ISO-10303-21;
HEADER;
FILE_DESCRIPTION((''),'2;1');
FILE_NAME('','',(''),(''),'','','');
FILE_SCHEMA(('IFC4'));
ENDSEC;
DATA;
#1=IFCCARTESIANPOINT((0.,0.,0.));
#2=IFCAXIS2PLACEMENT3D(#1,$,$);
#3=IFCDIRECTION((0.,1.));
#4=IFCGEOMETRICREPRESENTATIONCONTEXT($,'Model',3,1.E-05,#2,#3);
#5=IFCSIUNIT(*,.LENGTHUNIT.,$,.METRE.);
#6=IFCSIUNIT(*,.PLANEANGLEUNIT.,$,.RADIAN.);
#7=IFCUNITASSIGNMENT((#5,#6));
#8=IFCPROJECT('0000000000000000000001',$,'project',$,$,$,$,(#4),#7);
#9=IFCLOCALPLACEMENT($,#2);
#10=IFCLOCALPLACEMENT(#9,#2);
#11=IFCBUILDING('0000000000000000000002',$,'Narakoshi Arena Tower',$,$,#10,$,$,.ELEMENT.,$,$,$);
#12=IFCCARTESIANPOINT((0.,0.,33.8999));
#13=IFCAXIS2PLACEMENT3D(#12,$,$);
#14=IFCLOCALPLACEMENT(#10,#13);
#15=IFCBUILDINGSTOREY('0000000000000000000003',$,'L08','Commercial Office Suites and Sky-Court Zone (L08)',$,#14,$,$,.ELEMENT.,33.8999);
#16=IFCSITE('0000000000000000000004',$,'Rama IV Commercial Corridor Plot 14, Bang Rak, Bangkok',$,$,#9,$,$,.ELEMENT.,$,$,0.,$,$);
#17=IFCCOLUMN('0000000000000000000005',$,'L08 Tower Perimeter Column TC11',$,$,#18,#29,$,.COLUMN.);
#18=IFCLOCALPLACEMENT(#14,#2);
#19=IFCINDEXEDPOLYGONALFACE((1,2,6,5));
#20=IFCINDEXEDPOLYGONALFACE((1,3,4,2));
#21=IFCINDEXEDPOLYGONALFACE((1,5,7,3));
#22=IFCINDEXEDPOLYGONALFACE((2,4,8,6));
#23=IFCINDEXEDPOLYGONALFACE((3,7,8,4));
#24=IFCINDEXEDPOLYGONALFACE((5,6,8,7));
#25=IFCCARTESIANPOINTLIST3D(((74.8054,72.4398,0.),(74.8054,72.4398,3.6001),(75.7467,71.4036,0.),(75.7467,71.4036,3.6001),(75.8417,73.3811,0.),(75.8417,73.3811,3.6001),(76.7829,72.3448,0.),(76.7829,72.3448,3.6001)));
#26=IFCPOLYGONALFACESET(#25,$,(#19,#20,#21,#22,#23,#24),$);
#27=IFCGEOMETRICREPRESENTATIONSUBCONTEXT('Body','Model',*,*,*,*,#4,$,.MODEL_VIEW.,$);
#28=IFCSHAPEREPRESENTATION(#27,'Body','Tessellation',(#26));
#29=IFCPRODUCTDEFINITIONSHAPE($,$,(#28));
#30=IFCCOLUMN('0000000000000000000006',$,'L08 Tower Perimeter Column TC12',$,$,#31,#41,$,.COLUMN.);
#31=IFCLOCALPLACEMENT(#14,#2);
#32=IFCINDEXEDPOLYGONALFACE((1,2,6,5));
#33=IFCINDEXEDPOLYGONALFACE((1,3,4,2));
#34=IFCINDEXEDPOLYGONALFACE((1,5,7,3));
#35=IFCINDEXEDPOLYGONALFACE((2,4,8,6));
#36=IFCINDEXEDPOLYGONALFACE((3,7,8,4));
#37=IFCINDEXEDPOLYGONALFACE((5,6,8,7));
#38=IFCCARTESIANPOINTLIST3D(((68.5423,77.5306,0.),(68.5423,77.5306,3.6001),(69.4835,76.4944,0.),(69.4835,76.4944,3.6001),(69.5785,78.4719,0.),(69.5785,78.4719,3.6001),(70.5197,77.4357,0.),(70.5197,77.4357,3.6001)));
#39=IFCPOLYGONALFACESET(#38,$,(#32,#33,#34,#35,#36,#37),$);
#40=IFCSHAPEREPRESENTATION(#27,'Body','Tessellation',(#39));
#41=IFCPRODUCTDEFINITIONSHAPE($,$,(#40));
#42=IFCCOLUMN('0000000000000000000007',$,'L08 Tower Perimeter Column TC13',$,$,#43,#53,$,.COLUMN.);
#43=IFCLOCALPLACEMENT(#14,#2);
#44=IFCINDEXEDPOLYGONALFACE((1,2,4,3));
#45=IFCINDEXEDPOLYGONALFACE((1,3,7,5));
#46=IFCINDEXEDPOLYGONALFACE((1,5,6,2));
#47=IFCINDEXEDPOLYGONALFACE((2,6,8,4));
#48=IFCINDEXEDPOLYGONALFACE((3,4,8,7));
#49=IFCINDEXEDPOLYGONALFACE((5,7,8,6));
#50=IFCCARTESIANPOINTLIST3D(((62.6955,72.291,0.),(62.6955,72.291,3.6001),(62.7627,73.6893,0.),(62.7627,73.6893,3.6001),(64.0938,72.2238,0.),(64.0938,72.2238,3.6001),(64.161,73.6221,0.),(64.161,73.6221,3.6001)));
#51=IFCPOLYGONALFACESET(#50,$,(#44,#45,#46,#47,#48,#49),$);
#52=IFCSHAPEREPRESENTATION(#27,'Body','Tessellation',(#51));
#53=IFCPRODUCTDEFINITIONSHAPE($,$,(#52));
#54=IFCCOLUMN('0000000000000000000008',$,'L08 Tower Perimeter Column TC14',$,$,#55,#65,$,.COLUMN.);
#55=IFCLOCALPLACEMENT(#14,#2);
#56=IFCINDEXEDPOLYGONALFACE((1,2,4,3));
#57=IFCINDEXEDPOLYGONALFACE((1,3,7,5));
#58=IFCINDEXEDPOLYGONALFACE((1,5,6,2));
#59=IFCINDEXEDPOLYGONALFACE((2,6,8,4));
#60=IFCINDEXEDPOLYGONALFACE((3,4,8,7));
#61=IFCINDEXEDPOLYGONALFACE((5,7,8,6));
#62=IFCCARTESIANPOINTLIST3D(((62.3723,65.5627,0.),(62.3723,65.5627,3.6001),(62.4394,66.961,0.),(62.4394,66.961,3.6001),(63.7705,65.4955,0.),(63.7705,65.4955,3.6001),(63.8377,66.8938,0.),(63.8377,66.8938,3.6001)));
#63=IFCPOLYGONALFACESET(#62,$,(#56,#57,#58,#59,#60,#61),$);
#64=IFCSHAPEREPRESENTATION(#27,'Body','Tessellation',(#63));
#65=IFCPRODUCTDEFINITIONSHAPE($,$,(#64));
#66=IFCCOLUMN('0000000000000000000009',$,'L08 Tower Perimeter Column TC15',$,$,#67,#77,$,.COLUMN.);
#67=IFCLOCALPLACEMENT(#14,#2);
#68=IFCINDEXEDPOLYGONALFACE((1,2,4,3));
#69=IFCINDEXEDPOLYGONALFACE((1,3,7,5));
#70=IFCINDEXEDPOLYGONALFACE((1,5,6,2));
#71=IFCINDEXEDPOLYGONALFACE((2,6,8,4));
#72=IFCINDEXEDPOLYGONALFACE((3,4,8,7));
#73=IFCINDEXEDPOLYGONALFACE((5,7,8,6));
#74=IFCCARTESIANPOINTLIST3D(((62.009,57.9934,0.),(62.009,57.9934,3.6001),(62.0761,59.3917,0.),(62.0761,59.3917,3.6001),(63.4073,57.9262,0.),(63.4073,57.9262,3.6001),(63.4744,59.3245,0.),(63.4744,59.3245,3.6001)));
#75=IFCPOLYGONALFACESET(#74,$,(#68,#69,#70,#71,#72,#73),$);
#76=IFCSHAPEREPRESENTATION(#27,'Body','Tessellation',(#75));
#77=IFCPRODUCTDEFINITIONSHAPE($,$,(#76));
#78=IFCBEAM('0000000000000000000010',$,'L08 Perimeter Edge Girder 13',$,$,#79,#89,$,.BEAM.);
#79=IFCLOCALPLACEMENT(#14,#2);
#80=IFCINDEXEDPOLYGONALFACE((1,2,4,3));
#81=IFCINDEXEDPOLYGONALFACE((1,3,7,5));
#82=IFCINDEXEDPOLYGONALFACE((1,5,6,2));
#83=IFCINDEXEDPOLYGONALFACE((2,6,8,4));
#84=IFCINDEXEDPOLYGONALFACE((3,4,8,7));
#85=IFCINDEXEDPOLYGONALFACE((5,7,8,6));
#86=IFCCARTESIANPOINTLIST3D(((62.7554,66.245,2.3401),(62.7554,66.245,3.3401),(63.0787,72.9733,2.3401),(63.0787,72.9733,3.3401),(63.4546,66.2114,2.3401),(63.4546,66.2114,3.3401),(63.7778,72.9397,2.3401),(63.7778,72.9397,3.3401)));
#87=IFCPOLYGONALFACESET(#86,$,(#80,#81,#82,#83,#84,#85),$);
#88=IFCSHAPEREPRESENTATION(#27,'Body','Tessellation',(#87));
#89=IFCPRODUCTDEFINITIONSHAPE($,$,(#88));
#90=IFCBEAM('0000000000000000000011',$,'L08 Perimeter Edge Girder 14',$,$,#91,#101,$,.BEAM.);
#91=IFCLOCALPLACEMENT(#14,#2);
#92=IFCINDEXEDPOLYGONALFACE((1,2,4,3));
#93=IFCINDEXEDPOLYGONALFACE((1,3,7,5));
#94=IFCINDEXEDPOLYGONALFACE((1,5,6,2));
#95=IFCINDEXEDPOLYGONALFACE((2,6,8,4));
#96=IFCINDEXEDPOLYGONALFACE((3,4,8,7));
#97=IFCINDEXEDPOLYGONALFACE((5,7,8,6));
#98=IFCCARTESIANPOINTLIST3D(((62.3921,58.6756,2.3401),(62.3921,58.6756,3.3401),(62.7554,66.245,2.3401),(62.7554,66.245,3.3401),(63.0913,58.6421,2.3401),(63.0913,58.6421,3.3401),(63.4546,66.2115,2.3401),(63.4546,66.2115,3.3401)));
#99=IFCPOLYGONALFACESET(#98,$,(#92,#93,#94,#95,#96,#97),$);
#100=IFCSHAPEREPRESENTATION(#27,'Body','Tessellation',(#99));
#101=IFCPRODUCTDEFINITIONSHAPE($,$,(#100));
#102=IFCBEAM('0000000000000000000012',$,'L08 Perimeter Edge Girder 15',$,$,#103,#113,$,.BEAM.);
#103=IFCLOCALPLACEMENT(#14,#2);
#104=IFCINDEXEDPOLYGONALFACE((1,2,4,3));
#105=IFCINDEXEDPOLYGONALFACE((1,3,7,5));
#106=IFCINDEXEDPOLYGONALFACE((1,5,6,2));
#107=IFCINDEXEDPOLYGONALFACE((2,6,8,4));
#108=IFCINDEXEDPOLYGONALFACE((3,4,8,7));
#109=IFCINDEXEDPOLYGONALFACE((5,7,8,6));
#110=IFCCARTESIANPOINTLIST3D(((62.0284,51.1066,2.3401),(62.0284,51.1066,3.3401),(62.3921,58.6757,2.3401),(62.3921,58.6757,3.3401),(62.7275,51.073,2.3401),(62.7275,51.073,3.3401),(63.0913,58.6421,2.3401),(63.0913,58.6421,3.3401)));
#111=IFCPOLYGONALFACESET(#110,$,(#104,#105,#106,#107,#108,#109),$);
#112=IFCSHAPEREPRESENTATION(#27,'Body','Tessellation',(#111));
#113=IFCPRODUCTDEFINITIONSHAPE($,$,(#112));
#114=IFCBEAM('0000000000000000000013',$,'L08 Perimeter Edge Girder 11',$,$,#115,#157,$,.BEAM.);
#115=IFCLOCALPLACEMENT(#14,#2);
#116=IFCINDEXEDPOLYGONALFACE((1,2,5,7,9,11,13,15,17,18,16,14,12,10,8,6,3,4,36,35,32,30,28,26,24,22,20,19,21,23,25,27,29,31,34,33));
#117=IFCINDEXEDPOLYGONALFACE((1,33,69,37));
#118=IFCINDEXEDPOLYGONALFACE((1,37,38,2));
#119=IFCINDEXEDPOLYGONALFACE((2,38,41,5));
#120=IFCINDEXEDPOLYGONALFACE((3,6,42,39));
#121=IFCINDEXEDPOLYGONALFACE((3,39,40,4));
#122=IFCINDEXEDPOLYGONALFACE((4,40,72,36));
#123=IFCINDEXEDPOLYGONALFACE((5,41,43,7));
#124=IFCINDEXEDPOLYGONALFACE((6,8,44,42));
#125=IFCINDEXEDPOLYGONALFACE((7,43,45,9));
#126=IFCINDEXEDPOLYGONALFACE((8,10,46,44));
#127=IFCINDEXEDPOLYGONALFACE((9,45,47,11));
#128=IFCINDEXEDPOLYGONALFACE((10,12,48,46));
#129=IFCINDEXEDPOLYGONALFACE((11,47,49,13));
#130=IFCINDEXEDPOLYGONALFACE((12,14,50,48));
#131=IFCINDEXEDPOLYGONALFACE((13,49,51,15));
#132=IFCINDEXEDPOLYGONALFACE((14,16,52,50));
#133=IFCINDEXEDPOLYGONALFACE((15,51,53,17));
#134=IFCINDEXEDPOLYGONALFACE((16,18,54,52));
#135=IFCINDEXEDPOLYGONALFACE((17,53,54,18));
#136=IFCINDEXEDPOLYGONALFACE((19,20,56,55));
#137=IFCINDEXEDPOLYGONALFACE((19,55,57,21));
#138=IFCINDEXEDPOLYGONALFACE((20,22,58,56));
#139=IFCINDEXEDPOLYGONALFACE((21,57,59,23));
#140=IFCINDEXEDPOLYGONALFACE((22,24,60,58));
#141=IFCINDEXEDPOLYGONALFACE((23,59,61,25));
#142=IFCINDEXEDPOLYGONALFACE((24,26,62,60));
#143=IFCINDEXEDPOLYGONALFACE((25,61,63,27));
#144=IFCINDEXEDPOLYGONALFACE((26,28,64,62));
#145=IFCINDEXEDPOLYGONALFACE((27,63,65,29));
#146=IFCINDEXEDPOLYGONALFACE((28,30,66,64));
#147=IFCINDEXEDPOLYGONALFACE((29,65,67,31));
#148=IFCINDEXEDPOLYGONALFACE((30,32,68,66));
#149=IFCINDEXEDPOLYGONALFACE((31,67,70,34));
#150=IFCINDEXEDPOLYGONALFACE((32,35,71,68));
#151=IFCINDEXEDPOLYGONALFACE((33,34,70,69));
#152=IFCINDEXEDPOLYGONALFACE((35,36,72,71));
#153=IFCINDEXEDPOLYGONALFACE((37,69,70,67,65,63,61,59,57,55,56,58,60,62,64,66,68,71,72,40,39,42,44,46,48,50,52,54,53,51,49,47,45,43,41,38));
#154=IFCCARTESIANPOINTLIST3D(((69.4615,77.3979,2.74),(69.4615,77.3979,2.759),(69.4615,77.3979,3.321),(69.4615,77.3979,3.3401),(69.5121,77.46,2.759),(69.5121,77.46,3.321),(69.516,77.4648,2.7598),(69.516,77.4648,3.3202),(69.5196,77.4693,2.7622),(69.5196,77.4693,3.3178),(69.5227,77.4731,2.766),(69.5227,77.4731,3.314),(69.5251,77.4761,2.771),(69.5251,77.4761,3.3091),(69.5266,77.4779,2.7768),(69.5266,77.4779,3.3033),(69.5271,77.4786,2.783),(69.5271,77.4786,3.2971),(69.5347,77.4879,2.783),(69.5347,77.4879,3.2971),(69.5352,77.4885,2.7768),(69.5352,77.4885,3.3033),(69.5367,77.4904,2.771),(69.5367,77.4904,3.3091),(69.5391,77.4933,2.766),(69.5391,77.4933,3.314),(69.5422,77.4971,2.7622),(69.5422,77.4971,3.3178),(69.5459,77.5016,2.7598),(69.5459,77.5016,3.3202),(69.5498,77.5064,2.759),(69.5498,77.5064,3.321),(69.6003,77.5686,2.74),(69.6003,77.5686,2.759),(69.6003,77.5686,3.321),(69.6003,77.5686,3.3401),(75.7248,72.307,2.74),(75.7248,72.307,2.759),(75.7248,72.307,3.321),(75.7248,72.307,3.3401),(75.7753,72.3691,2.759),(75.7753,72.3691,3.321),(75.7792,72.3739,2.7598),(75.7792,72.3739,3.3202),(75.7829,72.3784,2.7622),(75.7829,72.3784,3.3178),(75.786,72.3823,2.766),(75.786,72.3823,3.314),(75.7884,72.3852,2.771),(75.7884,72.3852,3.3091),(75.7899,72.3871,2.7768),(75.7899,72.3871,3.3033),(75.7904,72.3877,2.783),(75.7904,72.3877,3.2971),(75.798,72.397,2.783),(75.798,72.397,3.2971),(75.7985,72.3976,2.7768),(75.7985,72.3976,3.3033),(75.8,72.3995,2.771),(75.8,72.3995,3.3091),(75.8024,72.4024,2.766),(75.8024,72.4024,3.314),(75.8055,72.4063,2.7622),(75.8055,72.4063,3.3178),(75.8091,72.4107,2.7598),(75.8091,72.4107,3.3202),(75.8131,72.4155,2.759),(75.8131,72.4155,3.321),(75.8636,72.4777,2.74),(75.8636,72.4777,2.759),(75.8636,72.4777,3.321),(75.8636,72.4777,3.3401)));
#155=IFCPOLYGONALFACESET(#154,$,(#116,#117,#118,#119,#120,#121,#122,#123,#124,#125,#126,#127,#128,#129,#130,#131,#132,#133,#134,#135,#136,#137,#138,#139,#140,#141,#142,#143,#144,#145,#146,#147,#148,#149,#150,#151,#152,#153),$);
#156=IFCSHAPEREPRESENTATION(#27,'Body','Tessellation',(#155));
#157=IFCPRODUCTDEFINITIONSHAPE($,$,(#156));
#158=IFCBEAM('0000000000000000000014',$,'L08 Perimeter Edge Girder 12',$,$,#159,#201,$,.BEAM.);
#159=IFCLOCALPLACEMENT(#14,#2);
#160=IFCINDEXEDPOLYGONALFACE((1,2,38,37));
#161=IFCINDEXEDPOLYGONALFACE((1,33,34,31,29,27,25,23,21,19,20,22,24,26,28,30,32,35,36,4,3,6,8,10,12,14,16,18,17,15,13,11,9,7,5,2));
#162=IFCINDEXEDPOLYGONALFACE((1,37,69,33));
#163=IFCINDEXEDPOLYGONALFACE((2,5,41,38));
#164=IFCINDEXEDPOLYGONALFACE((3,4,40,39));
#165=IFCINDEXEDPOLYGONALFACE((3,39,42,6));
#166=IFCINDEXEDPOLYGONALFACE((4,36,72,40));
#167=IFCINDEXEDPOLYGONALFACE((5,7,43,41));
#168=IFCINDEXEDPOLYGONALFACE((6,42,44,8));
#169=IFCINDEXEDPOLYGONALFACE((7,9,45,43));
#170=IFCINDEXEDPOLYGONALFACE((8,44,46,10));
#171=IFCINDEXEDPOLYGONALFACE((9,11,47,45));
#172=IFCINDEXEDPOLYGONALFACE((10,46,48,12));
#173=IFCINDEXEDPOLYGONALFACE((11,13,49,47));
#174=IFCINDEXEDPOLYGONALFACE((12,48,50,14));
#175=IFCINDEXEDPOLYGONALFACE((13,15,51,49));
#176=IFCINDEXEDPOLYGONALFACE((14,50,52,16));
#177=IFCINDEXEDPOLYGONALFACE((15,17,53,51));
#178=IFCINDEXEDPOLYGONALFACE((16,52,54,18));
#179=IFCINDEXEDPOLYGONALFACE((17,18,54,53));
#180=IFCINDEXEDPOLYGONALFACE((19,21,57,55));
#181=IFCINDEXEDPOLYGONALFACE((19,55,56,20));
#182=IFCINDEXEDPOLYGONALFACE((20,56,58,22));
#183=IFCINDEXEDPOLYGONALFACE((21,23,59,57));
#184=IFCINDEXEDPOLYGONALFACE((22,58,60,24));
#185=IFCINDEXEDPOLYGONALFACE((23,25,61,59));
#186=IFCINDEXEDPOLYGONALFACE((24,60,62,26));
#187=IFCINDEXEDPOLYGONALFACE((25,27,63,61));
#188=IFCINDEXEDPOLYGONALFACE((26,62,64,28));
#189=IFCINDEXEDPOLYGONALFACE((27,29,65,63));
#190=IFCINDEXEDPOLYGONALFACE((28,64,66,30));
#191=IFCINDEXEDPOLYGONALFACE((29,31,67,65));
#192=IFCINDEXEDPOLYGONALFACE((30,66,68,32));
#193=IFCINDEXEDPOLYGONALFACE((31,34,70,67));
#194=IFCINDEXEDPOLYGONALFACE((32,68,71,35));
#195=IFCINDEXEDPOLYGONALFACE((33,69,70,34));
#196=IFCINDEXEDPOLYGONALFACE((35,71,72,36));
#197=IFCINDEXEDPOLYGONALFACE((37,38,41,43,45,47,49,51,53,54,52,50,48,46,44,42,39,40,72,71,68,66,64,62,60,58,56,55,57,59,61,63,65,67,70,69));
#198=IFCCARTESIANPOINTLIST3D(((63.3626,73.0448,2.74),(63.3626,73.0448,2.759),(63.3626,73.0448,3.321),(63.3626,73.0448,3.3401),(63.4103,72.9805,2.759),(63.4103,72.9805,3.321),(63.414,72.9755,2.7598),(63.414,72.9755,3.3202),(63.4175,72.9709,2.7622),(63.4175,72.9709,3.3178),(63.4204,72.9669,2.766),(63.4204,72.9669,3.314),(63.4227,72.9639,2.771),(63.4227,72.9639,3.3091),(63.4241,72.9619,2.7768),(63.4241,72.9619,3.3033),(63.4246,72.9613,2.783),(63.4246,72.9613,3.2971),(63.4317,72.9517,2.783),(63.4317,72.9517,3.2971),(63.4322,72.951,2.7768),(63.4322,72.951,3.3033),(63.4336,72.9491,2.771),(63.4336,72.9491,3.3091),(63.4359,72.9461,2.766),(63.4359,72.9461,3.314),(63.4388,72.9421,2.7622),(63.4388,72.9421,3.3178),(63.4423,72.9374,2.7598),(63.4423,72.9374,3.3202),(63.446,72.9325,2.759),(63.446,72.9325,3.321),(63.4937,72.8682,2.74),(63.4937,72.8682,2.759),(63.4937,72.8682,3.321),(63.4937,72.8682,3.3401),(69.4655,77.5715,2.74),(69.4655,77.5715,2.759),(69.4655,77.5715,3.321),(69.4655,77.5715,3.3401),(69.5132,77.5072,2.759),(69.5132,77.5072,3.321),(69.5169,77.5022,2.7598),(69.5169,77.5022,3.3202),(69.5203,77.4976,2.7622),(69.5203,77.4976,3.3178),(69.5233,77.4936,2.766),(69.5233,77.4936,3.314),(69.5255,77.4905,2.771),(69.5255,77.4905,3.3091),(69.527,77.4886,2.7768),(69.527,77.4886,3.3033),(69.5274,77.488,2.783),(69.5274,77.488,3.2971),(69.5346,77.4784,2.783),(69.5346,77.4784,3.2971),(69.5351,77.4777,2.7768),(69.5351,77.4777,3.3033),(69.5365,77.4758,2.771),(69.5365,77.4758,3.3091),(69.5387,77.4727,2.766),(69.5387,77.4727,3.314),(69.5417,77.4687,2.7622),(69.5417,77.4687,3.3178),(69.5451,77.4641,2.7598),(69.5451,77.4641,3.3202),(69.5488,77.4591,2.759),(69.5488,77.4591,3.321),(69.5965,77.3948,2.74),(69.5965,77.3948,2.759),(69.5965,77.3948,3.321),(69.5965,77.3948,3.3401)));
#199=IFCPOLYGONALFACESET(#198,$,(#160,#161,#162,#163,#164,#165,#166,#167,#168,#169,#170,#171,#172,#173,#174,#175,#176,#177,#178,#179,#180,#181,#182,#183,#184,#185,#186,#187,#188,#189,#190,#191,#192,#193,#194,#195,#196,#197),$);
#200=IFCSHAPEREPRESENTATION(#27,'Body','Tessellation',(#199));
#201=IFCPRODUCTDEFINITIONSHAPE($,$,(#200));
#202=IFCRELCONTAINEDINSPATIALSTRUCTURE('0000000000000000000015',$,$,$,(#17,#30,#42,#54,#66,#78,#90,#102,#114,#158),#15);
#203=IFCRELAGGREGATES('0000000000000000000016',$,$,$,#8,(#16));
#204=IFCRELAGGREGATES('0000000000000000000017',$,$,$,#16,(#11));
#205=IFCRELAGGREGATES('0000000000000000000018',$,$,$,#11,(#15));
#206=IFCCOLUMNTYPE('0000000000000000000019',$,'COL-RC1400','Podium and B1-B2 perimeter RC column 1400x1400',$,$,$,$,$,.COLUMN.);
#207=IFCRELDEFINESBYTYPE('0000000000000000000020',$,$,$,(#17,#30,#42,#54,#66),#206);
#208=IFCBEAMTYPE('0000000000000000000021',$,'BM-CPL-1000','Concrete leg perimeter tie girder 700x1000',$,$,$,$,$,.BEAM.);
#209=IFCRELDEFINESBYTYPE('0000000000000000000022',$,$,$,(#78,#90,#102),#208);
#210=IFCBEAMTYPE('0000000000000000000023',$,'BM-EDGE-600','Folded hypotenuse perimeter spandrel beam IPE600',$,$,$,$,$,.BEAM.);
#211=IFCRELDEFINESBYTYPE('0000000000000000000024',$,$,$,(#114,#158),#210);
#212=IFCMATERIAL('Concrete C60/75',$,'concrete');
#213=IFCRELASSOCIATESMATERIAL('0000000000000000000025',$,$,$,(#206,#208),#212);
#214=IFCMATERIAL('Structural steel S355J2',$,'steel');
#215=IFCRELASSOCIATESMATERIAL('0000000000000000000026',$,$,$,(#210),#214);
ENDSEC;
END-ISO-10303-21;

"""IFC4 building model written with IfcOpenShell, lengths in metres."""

from ifc_helpers import new_model, si_unit, direction, frame, origin, origin_2d, place, context, subcontext, project, spatial, rectangle, i_section, extrude, material, material_profile, profile_set, type_object, element, save


model = new_model("IFC4")

# Units and contexts
model_context = context("Model", 3, precision=1e-05, world=origin(), true_north=direction((0.0, 1.0)))
body_context = subcontext(model_context, "Body", "Model", "MODEL_VIEW")
ifc_project = project(units=[si_unit("LENGTHUNIT", "METRE"), si_unit("PLANEANGLEUNIT", "RADIAN")], contexts=[model_context])

# Site, building, storey
site_placement = place(None, origin())
site = spatial("IfcSite", under=ifc_project, at=site_placement, Name="Rama IV Commercial Corridor Plot 14, Bang Rak, Bangkok", CompositionType="ELEMENT", RefElevation=0.0)
building_placement = place(site_placement, origin())
building = spatial("IfcBuilding", under=site, at=building_placement, Name="Narakoshi Arena Tower", CompositionType="ELEMENT")
storey_placement = place(building_placement, frame((0.0, 0.0, 33.8999)))
storey = spatial("IfcBuildingStorey", under=building, at=storey_placement, Name="L08", Description="Commercial Office Suites and Sky-Court Zone (L08)", CompositionType="ELEMENT", Elevation=33.8999)

# Columns
ifc_material_1 = material(Name="Concrete C60/75", Category="concrete")
ifc_material_profile_1 = material_profile(ifc_material_1, rectangle(XDim=1.3999, YDim=1.3999, at=origin_2d()), Name="RC1400x1400")
ifc_profile_set_1 = profile_set([ifc_material_profile_1], Name="Concrete C60/75")
column_type = type_object("IfcColumnType", Name="COL-RC1400", Description="Podium and B1-B2 perimeter RC column 1400x1400", PredefinedType="COLUMN", material=ifc_profile_set_1)
for number, where, z_axis, x_axis, name in (
    (1, (75.7942, 72.3923, 0.0), (0.0, 0.0, 1.0), (0.740218, 0.672367, 0.0), "L08 Tower Perimeter Column TC11"),
    (2, (69.531, 77.4832, 0.0), (0.0, 0.0, 1.0), (0.740218, 0.672367, 0.0), "L08 Tower Perimeter Column TC12"),
    (3, (63.4282, 72.9565, 0.0), (0.0, 0.0, 1.0), (0.047978, 0.998848, 0.0), "L08 Tower Perimeter Column TC13"),
    (4, (63.105, 66.2283, 0.0), (0.0, 0.0, 1.0), (0.047978, 0.998848, 0.0), "L08 Tower Perimeter Column TC14"),
    (5, (62.7417, 58.6589, 0.0), (0.0, 0.0, 1.0), (0.047978, 0.998848, 0.0), "L08 Tower Perimeter Column TC15"),
):
    element("IfcColumn", number, at=place(storey_placement, frame(where, z_axis=z_axis, x_axis=x_axis)), inside=storey, type_object=column_type, Name=name, PredefinedType="COLUMN", context=body_context, shape_type="SweptSolid", body=[
        extrude(rectangle(XDim=1.3999, YDim=1.3999, at=origin_2d()), origin(), (0.0, 0.0, 1.0), 3.6001),
    ])

# Beams
ifc_material_profile_2 = material_profile(ifc_material_1, rectangle(XDim=0.7, YDim=1.0, at=origin_2d()), Name="RCB700x1000")
ifc_profile_set_2 = profile_set([ifc_material_profile_2], Name="Concrete C60/75")
beam_type_1 = type_object("IfcBeamType", Name="BM-CPL-1000", Description="Concrete leg perimeter tie girder 700x1000", PredefinedType="BEAM", material=ifc_profile_set_2)
beam_1_placement = place(storey_placement, frame((63.4282, 72.9565, 2.8401), z_axis=(-0.047987, -0.998848, 0.0), x_axis=(0.998848, -0.047987, 0.0)))
element("IfcBeam", 6, at=beam_1_placement, inside=storey, type_object=beam_type_1, Name="L08 Perimeter Edge Girder 13", PredefinedType="BEAM", context=body_context, shape_type="SweptSolid", body=[
    extrude(rectangle(XDim=0.7, YDim=1.0, at=origin_2d()), origin(), (0.0, 0.0, 1.0), 6.7361),
])
beam_2_placement = place(storey_placement, frame((63.105, 66.2283, 2.8401), z_axis=(-0.047939, -0.99885, 0.0), x_axis=(0.99885, -0.047939, 0.0)))
element("IfcBeam", 7, at=beam_2_placement, inside=storey, type_object=beam_type_1, Name="L08 Perimeter Edge Girder 14", PredefinedType="BEAM", context=body_context, shape_type="SweptSolid", body=[
    extrude(rectangle(XDim=0.7, YDim=1.0, at=origin_2d()), origin(), (0.0, 0.0, 1.0), 7.5781),
])
beam_3_placement = place(storey_placement, frame((62.7417, 58.6589, 2.8401), z_axis=(-0.048004, -0.998847, 0.0), x_axis=(0.998847, -0.048004, 0.0)))
element("IfcBeam", 8, at=beam_3_placement, inside=storey, type_object=beam_type_1, Name="L08 Perimeter Edge Girder 15", PredefinedType="BEAM", context=body_context, shape_type="SweptSolid", body=[
    extrude(rectangle(XDim=0.7, YDim=1.0, at=origin_2d()), origin(), (0.0, 0.0, 1.0), 7.5779),
])
ifc_material_2 = material(Name="Structural steel S355J2", Category="steel")
ifc_material_profile_3 = material_profile(ifc_material_2, i_section(OverallWidth=0.22, OverallDepth=0.6001, WebThickness=0.012, FlangeThickness=0.019, FilletRadius=0.0239, at=origin_2d()), Name="IPE600")
ifc_profile_set_3 = profile_set([ifc_material_profile_3], Name="Structural steel S355J2")
beam_type_2 = type_object("IfcBeamType", Name="BM-EDGE-600", Description="Folded hypotenuse perimeter spandrel beam IPE600", PredefinedType="BEAM", material=ifc_profile_set_3)
beam_4_placement = place(storey_placement, frame((75.7942, 72.3923, 3.04), z_axis=(-0.775994, 0.630741, 0.0), x_axis=(-0.630741, -0.775994, 0.0)))
element("IfcBeam", 9, at=beam_4_placement, inside=storey, type_object=beam_type_2, Name="L08 Perimeter Edge Girder 11", PredefinedType="BEAM", context=body_context, shape_type="SweptSolid", body=[
    extrude(i_section(OverallWidth=0.22, OverallDepth=0.6001, WebThickness=0.012, FlangeThickness=0.019, FilletRadius=0.0239, at=origin_2d()), origin(), (0.0, 0.0, 1.0), 8.0713),
])
beam_5_placement = place(storey_placement, frame((69.531, 77.4832, 3.04), z_axis=(-0.803177, -0.59574, 0.0), x_axis=(0.59574, -0.803177, 0.0)))
element("IfcBeam", 10, at=beam_5_placement, inside=storey, type_object=beam_type_2, Name="L08 Perimeter Edge Girder 12", PredefinedType="BEAM", context=body_context, shape_type="SweptSolid", body=[
    extrude(i_section(OverallWidth=0.22, OverallDepth=0.6001, WebThickness=0.012, FlangeThickness=0.019, FilletRadius=0.0239, at=origin_2d()), origin(), (0.0, 0.0, 1.0), 7.5984),
])

save(model, "model.ifc")
